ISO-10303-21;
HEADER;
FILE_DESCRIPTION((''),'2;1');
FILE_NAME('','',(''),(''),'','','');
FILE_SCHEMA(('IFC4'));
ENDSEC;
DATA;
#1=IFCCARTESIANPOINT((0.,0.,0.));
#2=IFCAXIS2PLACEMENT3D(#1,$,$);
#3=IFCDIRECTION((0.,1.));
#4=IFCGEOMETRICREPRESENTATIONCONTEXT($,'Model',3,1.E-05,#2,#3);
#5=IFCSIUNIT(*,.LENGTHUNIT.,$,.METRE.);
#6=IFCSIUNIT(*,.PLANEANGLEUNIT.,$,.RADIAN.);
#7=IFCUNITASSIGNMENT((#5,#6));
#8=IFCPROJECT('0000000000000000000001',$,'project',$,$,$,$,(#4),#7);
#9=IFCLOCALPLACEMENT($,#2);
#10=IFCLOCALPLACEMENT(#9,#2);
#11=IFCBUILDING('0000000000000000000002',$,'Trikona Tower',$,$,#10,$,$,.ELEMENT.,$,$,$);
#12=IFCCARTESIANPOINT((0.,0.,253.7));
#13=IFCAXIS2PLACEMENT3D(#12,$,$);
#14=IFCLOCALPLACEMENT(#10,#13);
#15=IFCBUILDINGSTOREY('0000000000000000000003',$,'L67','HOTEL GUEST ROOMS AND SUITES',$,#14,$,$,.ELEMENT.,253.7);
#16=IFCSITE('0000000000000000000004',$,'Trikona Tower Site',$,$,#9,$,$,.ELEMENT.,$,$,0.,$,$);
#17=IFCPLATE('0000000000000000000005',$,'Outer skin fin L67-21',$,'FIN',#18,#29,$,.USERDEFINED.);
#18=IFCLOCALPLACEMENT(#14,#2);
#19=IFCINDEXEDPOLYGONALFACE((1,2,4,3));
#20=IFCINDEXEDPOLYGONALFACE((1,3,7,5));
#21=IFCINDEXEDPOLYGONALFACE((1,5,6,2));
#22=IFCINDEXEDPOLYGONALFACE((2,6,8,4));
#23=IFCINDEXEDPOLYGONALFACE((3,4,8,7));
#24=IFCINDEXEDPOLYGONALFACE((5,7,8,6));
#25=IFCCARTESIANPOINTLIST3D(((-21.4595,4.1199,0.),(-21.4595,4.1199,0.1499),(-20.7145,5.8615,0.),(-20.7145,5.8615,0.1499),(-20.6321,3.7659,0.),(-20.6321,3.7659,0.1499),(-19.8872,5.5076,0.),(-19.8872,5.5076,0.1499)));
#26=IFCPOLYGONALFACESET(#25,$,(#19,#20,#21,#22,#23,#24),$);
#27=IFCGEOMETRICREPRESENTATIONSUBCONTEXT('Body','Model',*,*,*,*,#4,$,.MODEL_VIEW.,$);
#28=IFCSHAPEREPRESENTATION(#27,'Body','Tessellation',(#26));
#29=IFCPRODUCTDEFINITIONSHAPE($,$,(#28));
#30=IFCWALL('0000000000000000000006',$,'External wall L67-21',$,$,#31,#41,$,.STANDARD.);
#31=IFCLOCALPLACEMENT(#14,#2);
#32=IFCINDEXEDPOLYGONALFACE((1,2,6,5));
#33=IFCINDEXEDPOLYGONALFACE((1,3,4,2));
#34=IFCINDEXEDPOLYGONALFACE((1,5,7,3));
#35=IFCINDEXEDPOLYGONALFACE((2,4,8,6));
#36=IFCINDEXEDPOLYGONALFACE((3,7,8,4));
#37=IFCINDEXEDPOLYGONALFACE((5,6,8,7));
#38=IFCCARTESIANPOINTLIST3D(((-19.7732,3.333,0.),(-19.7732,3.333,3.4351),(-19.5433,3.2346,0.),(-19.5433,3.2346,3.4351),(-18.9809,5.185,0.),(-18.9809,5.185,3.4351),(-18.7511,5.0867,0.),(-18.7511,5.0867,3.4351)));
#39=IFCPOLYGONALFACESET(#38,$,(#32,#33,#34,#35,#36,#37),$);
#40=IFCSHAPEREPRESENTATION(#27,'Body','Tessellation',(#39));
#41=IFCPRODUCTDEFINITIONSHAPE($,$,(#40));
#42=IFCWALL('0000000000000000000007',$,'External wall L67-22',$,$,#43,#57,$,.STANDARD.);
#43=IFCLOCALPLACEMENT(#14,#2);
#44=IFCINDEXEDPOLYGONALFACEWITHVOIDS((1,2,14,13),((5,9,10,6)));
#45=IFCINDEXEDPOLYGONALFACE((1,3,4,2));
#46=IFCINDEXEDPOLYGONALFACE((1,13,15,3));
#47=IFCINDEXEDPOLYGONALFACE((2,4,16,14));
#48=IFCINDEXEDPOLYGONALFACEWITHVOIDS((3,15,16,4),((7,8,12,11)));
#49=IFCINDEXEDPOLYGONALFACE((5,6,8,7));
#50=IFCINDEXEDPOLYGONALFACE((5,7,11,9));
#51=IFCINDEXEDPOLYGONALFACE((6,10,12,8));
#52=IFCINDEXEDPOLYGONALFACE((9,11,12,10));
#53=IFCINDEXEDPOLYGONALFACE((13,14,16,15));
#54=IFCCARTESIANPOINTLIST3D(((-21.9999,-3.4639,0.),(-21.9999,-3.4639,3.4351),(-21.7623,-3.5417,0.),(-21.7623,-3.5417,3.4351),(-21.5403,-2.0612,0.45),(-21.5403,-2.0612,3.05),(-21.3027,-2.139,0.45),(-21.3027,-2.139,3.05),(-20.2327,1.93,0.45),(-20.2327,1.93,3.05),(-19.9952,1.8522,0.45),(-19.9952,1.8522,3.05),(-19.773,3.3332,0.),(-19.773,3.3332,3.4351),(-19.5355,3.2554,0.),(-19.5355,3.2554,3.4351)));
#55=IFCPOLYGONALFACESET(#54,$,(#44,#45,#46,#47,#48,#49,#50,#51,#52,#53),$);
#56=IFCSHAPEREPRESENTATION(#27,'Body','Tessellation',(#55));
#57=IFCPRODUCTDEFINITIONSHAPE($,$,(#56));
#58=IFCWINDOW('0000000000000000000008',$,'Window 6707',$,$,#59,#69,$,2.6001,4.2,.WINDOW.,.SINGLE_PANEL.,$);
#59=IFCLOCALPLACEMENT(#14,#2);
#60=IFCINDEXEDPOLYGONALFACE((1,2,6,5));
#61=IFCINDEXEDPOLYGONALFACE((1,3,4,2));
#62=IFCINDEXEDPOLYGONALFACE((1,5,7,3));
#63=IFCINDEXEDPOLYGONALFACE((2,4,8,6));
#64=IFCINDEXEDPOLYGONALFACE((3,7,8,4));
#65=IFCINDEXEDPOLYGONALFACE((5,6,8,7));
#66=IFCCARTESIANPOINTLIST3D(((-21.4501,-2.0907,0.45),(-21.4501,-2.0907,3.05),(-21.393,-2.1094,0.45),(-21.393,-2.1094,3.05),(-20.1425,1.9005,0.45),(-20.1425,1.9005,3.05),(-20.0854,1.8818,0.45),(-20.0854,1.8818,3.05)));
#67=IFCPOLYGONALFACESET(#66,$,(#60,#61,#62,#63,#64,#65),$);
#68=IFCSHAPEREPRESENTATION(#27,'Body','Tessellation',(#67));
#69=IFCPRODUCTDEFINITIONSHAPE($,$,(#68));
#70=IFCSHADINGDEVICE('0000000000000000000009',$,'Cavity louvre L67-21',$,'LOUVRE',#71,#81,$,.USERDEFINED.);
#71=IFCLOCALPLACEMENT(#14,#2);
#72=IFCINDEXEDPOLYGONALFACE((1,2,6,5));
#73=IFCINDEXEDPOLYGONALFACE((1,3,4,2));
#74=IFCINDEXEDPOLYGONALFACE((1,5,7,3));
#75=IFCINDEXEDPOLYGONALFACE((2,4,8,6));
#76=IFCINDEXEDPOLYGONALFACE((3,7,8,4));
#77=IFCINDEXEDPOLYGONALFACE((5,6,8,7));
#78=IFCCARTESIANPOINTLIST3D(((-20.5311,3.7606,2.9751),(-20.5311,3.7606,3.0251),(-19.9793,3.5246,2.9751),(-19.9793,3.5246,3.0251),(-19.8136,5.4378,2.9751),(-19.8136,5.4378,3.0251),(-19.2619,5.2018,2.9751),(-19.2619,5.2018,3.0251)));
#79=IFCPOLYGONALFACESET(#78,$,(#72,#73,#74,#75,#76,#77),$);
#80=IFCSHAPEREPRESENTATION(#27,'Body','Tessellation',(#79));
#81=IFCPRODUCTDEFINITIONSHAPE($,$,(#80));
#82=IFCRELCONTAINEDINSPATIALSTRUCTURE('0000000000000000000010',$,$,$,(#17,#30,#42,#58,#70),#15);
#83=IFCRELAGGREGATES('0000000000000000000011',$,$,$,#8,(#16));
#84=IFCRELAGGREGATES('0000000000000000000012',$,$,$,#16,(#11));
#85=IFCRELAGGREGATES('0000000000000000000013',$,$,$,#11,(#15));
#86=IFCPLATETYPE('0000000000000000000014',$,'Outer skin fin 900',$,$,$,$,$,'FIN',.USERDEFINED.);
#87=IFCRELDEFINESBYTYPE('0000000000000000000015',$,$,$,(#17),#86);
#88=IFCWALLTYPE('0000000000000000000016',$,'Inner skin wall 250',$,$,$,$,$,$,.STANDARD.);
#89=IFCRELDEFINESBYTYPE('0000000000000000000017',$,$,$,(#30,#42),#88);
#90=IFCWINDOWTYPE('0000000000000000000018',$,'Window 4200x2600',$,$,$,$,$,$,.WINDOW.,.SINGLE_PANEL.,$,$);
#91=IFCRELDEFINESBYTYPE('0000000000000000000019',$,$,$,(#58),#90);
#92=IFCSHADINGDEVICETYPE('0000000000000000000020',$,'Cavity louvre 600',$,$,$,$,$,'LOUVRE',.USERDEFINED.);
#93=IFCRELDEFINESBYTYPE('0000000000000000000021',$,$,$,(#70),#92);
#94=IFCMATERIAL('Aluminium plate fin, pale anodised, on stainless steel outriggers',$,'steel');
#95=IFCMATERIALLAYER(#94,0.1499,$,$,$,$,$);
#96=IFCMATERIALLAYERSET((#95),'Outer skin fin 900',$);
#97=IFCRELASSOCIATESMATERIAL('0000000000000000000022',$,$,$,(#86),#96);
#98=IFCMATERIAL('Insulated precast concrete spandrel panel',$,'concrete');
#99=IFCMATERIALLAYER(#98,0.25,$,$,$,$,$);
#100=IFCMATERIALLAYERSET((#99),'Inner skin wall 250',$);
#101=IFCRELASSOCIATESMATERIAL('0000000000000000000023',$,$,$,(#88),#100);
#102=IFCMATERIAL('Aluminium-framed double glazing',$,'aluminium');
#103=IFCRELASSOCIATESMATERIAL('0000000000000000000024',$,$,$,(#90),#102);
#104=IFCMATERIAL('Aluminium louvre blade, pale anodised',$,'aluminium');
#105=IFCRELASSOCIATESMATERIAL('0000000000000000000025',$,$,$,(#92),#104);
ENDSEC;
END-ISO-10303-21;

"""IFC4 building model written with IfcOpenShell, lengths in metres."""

from ifc_helpers import new_model, si_unit, direction, frame, frame_2d, origin, origin_2d, place, context, subcontext, project, spatial, rectangle, extrude, material, layer, layer_set, type_object, element, fill, save


model = new_model("IFC4")

# Units and contexts
model_context = context("Model", 3, precision=1e-05, world=origin(), true_north=direction((0.0, 1.0)))
body_context = subcontext(model_context, "Body", "Model", "MODEL_VIEW")
ifc_project = project(units=[si_unit("LENGTHUNIT", "METRE"), si_unit("PLANEANGLEUNIT", "RADIAN")], contexts=[model_context])

# Site, building, storey
site_placement = place(None, origin())
site = spatial("IfcSite", under=ifc_project, at=site_placement, Name="Trikona Tower Site", CompositionType="ELEMENT", RefElevation=0.0)
building_placement = place(site_placement, origin())
building = spatial("IfcBuilding", under=site, at=building_placement, Name="Trikona Tower", CompositionType="ELEMENT")
storey_placement = place(building_placement, frame((0.0, 0.0, 253.7)))
storey = spatial("IfcBuildingStorey", under=building, at=storey_placement, Name="L67", Description="HOTEL GUEST ROOMS AND SUITES", CompositionType="ELEMENT", Elevation=253.7)

# Plate
ifc_material_1 = material(Name="Aluminium plate fin, pale anodised, on stainless steel outriggers", Category="steel")
ifc_layer_1 = layer(ifc_material_1, 0.1499)
ifc_layer_set_1 = layer_set([ifc_layer_1], Name="Outer skin fin 900")
plate_type_1 = type_object("IfcPlateType", Name="Outer skin fin 900", ElementType="FIN", PredefinedType="USERDEFINED", material=ifc_layer_set_1)
plate_1_placement = place(storey_placement, frame((-20.6733, 4.8137, 0.0), z_axis=(0.0, 0.0, 1.0), x_axis=(-0.393284, -0.919417, 0.0)))
element("IfcPlate", 1, at=plate_1_placement, inside=storey, type_object=plate_type_1, Name="Outer skin fin L67-21", ObjectType="FIN", PredefinedType="USERDEFINED", context=body_context, shape_type="SweptSolid", body=[
    extrude(rectangle(XDim=1.8943, YDim=0.8999, at=origin_2d()), origin(), (0.0, 0.0, 1.0), 0.1499),
])

# Wall
ifc_material_2 = material(Name="Insulated precast concrete spandrel panel", Category="concrete")
ifc_layer_2 = layer(ifc_material_2, 0.25)
ifc_layer_set_2 = layer_set([ifc_layer_2], Name="Inner skin wall 250")
wall_type = type_object("IfcWallType", Name="Inner skin wall 250", PredefinedType="STANDARD", material=ifc_layer_set_2)
wall_1_placement = place(storey_placement, frame((-18.866, 5.136, 0.0), z_axis=(0.0, 0.0, 1.0), x_axis=(-0.39329, -0.919414, 0.0)))
element("IfcWall", 2, at=wall_1_placement, inside=storey, type_object=wall_type, Name="External wall L67-21", PredefinedType="STANDARD", context=body_context, shape_type="SweptSolid", body=[
    extrude(rectangle(XDim=2.0144, YDim=0.25, at=frame_2d((1.0073, 0.0))), origin(), (0.0, 0.0, 1.0), 3.4351),
])

# Wall, opening, window
wall_2_placement = place(storey_placement, frame((-19.6543, 3.2942, 0.0), z_axis=(0.0, 0.0, 1.0), x_axis=(-0.311329, -0.950302, 0.0)))
wall_2 = element("IfcWall", 3, at=wall_2_placement, inside=storey, type_object=wall_type, Name="External wall L67-22", PredefinedType="STANDARD", context=body_context, shape_type="SweptSolid", body=[
    extrude(rectangle(XDim=7.1526, YDim=0.25, at=frame_2d((3.5762, 0.0))), origin(), (0.0, 0.0, 1.0), 3.4351),
])
opening_placement = place(wall_2_placement, frame((1.4763, 0.0, 0.45)))
opening = element("IfcOpeningElement", 4, at=opening_placement, cuts=wall_2, PredefinedType="OPENING", context=body_context, shape_type="SweptSolid", body=[
    extrude(rectangle(XDim=4.2, YDim=2.6001, at=frame_2d((2.1001, 1.3))), frame((0.0, 0.135, 0.0), z_axis=(0.0, -1.0, 0.0), x_axis=(1.0, 0.0, 0.0)), (0.0, 0.0, 1.0), 0.27),
])
ifc_material_3 = material(Name="Aluminium-framed double glazing", Category="aluminium")
window_type = type_object("IfcWindowType", Name="Window 4200x2600", PartitioningType="SINGLE_PANEL", PredefinedType="WINDOW", material=ifc_material_3)
window_placement = place(opening_placement, origin())
window = element("IfcWindow", 5, at=window_placement, inside=storey, type_object=window_type, Name="Window 6707", OverallHeight=2.6001, OverallWidth=4.2, PartitioningType="SINGLE_PANEL", PredefinedType="WINDOW", context=body_context, shape_type="SweptSolid", body=[
    extrude(rectangle(XDim=4.2, YDim=2.6001, at=frame_2d((2.1001, 1.3))), frame((0.0, 0.03, 0.0), z_axis=(0.0, -1.0, 0.0), x_axis=(1.0, 0.0, 0.0)), (0.0, 0.0, 1.0), 0.0601),
])
fill(opening, window)

# Shading device
ifc_material_4 = material(Name="Aluminium louvre blade, pale anodised", Category="aluminium")
shading_device_type = type_object("IfcShadingDeviceType", Name="Cavity louvre 600", ElementType="LOUVRE", PredefinedType="USERDEFINED", material=ifc_material_4)
shading_device_placement = place(storey_placement, frame((-19.8965, 4.4812, 2.9751), z_axis=(0.0, 0.0, 1.0), x_axis=(-0.393284, -0.919417, 0.0)))
element("IfcShadingDevice", 6, at=shading_device_placement, inside=storey, type_object=shading_device_type, Name="Cavity louvre L67-21", ObjectType="LOUVRE", PredefinedType="USERDEFINED", context=body_context, shape_type="SweptSolid", body=[
    extrude(rectangle(XDim=1.8242, YDim=0.6001, at=origin_2d()), origin(), (0.0, 0.0, 1.0), 0.05),
])

save(model, "model.ifc")
